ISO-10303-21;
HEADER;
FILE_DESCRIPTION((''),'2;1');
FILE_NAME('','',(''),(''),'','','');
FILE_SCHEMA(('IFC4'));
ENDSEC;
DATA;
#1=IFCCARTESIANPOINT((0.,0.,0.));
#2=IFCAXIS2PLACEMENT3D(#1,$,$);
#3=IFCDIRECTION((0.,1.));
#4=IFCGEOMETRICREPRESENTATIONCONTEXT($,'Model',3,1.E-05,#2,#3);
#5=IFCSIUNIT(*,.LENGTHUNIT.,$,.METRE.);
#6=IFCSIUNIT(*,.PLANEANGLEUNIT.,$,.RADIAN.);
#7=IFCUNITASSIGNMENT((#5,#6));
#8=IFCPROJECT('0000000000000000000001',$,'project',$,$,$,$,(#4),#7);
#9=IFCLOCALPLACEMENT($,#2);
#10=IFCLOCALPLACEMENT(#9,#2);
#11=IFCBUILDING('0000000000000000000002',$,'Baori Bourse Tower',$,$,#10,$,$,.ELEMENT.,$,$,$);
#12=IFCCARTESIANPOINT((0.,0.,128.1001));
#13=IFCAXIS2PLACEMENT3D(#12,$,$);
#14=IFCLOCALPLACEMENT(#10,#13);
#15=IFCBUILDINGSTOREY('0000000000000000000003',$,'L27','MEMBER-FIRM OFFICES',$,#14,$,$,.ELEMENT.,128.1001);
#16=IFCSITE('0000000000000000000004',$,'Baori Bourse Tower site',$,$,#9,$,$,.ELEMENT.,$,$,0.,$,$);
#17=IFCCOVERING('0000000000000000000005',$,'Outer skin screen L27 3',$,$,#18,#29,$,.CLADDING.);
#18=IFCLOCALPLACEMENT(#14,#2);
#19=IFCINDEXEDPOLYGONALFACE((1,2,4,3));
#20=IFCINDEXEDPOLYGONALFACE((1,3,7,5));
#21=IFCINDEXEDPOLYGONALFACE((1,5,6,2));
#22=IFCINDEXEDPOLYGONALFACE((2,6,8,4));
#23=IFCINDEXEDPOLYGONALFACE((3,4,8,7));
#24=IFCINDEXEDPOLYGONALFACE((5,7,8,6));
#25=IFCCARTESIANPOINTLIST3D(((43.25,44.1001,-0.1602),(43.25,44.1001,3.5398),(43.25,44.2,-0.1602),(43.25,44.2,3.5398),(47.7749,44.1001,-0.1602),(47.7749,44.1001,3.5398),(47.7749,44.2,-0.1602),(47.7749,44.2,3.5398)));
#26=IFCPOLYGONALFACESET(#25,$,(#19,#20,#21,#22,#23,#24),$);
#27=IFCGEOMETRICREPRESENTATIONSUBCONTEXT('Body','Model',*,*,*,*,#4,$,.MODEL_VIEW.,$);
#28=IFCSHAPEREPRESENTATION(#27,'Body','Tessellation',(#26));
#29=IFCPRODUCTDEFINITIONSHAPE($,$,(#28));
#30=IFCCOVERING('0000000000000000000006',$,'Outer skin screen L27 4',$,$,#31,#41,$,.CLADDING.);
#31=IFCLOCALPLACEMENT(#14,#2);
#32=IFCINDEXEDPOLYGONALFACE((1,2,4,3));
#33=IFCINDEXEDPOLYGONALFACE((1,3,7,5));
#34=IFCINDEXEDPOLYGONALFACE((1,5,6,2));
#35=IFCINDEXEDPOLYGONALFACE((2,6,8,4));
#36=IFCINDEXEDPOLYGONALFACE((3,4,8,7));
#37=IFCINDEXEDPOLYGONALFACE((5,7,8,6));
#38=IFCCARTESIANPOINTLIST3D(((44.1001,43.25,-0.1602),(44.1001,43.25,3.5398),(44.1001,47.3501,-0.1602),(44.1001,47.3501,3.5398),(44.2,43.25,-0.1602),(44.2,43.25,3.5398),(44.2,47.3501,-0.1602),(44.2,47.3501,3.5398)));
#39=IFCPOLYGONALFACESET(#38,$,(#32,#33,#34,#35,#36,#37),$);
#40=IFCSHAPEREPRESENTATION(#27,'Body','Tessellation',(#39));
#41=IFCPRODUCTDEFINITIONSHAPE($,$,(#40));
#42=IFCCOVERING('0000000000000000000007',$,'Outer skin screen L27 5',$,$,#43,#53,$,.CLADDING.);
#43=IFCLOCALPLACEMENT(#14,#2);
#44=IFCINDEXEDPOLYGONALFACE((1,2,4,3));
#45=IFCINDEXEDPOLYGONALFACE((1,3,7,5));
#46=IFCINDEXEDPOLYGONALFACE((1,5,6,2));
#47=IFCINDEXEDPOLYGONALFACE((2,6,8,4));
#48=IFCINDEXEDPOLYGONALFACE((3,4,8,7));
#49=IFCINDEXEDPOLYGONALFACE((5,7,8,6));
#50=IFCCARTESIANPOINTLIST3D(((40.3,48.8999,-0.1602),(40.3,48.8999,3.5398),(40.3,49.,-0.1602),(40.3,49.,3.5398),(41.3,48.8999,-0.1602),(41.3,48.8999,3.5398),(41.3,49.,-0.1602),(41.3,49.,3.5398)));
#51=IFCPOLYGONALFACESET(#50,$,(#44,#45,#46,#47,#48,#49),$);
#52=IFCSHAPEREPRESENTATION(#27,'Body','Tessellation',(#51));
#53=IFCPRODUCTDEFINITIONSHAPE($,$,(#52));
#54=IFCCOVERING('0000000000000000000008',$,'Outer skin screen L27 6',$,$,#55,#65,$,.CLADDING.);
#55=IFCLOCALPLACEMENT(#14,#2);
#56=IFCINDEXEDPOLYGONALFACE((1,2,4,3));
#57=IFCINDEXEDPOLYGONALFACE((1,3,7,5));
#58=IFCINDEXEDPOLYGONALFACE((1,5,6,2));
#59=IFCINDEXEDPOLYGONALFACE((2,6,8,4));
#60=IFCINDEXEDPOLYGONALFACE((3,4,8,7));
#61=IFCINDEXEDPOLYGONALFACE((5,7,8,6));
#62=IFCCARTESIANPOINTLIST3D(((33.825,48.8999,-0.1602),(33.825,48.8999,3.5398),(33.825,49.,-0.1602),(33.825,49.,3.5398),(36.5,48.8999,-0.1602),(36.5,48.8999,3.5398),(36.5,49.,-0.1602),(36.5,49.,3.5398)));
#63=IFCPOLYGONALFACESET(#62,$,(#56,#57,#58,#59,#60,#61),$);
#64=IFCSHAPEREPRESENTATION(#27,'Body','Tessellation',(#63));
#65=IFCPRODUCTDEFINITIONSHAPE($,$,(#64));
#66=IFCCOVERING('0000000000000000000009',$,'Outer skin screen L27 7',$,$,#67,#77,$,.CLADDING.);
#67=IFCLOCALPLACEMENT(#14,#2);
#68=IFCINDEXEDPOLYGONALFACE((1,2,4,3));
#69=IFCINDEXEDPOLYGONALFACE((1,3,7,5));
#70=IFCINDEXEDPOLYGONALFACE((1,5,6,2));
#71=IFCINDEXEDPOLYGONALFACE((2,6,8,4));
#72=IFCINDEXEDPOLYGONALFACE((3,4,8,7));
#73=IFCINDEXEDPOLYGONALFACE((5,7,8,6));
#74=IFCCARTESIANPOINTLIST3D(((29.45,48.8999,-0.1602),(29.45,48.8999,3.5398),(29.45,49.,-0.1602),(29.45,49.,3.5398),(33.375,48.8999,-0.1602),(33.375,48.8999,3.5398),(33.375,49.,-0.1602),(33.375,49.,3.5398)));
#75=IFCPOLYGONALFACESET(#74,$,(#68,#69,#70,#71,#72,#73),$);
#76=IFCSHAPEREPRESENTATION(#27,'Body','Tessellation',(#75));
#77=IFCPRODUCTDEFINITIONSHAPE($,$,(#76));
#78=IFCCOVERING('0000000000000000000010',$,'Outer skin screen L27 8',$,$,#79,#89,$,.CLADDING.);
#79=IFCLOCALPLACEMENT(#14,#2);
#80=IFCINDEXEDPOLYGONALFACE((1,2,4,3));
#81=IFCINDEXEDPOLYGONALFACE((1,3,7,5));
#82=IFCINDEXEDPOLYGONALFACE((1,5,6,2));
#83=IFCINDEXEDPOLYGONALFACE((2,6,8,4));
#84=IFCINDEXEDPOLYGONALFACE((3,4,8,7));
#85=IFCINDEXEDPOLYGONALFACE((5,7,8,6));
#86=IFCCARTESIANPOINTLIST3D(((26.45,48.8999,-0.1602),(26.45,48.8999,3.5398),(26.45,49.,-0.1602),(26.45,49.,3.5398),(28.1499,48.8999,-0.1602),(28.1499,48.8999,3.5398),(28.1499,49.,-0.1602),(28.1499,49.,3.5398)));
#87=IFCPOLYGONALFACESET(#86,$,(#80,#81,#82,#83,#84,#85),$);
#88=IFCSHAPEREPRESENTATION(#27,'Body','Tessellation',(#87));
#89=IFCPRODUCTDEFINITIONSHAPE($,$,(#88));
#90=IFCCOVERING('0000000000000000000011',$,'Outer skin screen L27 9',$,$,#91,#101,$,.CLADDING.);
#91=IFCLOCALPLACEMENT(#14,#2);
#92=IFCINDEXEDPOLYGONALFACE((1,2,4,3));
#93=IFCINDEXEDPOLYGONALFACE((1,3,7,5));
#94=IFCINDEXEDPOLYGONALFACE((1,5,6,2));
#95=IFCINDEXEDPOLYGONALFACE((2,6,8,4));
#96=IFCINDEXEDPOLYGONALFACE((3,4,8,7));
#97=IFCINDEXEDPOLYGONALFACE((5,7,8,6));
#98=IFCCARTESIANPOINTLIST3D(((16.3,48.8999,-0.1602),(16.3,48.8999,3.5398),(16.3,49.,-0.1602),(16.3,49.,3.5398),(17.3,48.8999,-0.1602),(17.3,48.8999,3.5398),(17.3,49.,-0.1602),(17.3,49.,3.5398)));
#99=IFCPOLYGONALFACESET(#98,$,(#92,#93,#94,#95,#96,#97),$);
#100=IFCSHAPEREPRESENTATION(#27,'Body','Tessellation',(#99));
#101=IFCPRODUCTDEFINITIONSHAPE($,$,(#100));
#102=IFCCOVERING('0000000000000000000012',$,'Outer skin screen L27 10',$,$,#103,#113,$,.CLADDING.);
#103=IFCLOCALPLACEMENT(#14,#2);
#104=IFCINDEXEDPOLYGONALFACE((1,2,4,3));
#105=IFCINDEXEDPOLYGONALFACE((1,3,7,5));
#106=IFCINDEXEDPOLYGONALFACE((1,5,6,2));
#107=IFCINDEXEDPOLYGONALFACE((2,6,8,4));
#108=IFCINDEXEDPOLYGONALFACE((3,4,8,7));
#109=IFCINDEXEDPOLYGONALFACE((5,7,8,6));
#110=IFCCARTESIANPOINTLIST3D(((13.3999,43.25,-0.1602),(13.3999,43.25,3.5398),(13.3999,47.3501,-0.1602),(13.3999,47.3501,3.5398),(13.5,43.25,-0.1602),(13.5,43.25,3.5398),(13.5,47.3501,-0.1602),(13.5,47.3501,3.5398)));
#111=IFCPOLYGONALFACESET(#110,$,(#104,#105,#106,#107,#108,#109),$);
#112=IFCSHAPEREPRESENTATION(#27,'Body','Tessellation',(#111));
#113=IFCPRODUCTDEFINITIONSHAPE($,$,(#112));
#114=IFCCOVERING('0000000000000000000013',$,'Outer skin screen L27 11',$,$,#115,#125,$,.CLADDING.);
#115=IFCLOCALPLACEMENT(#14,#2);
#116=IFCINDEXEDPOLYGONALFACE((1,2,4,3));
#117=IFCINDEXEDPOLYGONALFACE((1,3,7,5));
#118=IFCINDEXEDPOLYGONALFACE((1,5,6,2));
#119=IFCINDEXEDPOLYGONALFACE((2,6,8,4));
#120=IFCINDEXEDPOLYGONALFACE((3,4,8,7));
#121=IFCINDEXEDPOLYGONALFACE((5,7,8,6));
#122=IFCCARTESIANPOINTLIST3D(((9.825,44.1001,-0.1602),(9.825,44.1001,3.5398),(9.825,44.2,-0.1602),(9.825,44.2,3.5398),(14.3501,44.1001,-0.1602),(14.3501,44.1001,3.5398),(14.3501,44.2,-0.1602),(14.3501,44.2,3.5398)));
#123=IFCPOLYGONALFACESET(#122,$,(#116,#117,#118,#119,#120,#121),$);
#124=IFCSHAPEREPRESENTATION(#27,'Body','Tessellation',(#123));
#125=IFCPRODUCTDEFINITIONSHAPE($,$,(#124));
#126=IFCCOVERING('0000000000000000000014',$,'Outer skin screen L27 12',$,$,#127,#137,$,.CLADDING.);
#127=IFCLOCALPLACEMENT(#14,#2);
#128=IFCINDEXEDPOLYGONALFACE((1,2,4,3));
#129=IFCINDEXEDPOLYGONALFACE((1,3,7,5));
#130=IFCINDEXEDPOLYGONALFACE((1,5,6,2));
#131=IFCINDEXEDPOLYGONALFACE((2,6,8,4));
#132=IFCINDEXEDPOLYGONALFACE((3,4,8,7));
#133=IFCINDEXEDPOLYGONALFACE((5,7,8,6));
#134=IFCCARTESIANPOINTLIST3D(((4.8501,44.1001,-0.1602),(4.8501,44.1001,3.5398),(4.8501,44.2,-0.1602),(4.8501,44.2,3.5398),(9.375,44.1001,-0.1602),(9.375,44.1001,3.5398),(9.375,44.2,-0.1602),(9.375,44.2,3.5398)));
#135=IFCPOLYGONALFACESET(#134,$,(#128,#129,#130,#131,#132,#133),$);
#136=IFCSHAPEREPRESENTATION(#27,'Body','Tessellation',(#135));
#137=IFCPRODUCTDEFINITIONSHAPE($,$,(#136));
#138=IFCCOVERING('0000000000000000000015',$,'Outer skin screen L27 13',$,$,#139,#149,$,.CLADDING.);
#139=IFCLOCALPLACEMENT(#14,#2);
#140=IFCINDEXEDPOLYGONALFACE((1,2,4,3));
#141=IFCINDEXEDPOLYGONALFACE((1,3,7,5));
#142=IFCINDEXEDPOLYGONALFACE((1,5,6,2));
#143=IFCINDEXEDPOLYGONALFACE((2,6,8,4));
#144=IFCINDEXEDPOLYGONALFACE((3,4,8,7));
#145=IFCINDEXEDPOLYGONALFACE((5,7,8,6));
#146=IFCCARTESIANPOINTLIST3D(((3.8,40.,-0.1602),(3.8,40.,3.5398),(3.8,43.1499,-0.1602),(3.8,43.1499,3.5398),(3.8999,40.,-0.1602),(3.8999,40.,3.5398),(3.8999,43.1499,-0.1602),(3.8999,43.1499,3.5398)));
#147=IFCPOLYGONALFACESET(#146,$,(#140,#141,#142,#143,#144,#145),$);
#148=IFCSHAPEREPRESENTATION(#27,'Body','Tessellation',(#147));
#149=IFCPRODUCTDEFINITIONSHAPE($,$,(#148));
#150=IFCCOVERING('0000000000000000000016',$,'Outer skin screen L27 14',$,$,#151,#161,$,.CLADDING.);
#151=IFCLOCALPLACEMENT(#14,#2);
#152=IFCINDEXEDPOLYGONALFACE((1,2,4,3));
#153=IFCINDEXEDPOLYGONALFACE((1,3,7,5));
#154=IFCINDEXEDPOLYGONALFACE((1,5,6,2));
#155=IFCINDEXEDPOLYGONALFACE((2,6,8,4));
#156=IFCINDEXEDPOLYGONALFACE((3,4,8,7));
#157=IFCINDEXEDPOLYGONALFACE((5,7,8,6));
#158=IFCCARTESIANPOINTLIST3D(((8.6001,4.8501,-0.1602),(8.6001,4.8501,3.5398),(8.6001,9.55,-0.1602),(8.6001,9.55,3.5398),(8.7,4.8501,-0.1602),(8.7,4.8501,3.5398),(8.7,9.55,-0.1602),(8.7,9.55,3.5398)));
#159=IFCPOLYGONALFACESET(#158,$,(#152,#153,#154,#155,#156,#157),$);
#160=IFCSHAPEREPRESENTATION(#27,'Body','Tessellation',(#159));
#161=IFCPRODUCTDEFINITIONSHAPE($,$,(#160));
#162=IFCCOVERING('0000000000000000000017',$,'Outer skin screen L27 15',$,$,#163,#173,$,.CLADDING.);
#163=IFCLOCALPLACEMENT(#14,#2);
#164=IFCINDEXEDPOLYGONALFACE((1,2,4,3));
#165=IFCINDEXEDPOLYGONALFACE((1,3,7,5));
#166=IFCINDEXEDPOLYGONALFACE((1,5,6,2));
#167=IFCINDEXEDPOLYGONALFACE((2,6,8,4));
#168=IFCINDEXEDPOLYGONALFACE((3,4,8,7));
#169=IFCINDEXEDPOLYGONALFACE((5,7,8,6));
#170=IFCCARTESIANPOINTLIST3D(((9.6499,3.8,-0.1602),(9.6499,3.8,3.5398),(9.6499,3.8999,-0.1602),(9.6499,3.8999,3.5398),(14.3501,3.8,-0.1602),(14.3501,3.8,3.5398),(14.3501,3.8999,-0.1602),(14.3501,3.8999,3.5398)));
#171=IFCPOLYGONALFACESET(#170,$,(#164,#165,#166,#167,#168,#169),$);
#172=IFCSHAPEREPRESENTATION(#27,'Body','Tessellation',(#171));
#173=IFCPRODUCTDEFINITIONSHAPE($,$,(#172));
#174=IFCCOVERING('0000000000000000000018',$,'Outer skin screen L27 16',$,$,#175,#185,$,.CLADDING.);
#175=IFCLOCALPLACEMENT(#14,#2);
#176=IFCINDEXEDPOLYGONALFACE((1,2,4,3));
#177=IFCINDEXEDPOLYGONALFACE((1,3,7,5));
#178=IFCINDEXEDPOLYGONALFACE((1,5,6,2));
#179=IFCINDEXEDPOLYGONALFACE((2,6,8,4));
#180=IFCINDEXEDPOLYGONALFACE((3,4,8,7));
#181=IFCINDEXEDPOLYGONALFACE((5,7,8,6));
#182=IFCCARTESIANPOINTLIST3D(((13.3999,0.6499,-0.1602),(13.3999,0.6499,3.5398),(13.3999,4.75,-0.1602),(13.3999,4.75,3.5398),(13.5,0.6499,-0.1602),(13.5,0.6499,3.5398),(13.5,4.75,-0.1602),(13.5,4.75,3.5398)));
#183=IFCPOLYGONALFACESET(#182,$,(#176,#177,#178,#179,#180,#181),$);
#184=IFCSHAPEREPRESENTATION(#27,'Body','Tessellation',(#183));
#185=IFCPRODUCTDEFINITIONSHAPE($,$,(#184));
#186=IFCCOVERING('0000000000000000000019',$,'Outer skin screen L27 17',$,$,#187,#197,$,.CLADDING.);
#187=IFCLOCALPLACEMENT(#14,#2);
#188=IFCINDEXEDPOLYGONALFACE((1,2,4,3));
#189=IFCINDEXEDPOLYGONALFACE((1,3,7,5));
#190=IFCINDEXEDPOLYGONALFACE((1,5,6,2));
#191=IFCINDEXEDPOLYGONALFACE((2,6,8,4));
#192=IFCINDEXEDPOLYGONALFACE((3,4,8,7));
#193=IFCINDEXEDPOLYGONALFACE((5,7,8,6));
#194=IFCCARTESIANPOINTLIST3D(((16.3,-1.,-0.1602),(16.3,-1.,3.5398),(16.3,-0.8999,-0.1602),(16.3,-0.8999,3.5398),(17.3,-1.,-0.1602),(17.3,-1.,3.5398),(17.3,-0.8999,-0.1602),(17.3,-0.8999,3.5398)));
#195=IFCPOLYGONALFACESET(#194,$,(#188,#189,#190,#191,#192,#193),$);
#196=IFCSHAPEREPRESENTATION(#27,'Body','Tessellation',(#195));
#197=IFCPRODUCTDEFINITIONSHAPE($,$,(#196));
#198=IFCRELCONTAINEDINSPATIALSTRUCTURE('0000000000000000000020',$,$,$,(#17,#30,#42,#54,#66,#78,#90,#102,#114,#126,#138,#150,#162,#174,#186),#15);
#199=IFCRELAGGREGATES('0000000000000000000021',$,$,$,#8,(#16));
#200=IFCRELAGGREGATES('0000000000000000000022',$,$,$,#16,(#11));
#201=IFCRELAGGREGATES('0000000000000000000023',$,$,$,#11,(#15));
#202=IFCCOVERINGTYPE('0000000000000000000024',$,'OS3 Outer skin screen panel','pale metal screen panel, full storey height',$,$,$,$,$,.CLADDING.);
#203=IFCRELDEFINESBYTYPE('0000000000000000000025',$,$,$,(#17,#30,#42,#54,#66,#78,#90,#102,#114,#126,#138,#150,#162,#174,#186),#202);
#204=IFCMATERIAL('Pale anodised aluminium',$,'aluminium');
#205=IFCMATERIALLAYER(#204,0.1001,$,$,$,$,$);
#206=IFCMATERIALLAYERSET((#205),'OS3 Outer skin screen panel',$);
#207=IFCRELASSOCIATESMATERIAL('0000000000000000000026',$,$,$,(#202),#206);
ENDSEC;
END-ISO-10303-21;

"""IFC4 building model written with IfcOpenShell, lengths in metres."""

from ifc_helpers import new_model, si_unit, direction, frame, origin, place, context, subcontext, project, spatial, polyline, outline, extrude, material, layer, layer_set, type_object, element, save


model = new_model("IFC4")

# Units and contexts
model_context = context("Model", 3, precision=1e-05, world=origin(), true_north=direction((0.0, 1.0)))
body_context = subcontext(model_context, "Body", "Model", "MODEL_VIEW")
ifc_project = project(units=[si_unit("LENGTHUNIT", "METRE"), si_unit("PLANEANGLEUNIT", "RADIAN")], contexts=[model_context])

# Site, building, storey
site_placement = place(None, origin())
site = spatial("IfcSite", under=ifc_project, at=site_placement, Name="Baori Bourse Tower site", CompositionType="ELEMENT", RefElevation=0.0)
building_placement = place(site_placement, origin())
building = spatial("IfcBuilding", under=site, at=building_placement, Name="Baori Bourse Tower", CompositionType="ELEMENT")
storey_placement = place(building_placement, frame((0.0, 0.0, 128.1001)))
storey = spatial("IfcBuildingStorey", under=building, at=storey_placement, Name="L27", Description="MEMBER-FIRM OFFICES", CompositionType="ELEMENT", Elevation=128.1001)

# Coverings
ifc_material_1 = material(Name="Pale anodised aluminium", Category="aluminium")
ifc_layer_1 = layer(ifc_material_1, 0.1001)
ifc_layer_set_1 = layer_set([ifc_layer_1], Name="OS3 Outer skin screen panel")
covering_type = type_object("IfcCoveringType", Name="OS3 Outer skin screen panel", Description="pale metal screen panel, full storey height", PredefinedType="CLADDING", material=ifc_layer_set_1)
covering_1_placement = place(storey_placement, frame((0.0, 0.0, -0.1602)))
element("IfcCovering", 1, at=covering_1_placement, inside=storey, type_object=covering_type, Name="Outer skin screen L27 3", PredefinedType="CLADDING", context=body_context, shape_type="SweptSolid", body=[
    extrude(outline(polyline([(43.25, 44.1001), (47.7749, 44.1001), (47.7749, 44.2), (43.25, 44.2), (43.25, 44.1001)])), origin(), (0.0, 0.0, 1.0), 3.7),
])
covering_2_placement = place(storey_placement, frame((0.0, 0.0, -0.1602)))
element("IfcCovering", 2, at=covering_2_placement, inside=storey, type_object=covering_type, Name="Outer skin screen L27 4", PredefinedType="CLADDING", context=body_context, shape_type="SweptSolid", body=[
    extrude(outline(polyline([(44.1001, 47.3501), (44.1001, 43.25), (44.2, 43.25), (44.2, 47.3501), (44.1001, 47.3501)])), origin(), (0.0, 0.0, 1.0), 3.7),
])
covering_3_placement = place(storey_placement, frame((0.0, 0.0, -0.1602)))
element("IfcCovering", 3, at=covering_3_placement, inside=storey, type_object=covering_type, Name="Outer skin screen L27 5", PredefinedType="CLADDING", context=body_context, shape_type="SweptSolid", body=[
    extrude(outline(polyline([(40.3, 48.8999), (41.3, 48.8999), (41.3, 49.0), (40.3, 49.0), (40.3, 48.8999)])), origin(), (0.0, 0.0, 1.0), 3.7),
])
covering_4_placement = place(storey_placement, frame((0.0, 0.0, -0.1602)))
element("IfcCovering", 4, at=covering_4_placement, inside=storey, type_object=covering_type, Name="Outer skin screen L27 6", PredefinedType="CLADDING", context=body_context, shape_type="SweptSolid", body=[
    extrude(outline(polyline([(33.825, 48.8999), (36.5, 48.8999), (36.5, 49.0), (33.825, 49.0), (33.825, 48.8999)])), origin(), (0.0, 0.0, 1.0), 3.7),
])
covering_5_placement = place(storey_placement, frame((0.0, 0.0, -0.1602)))
element("IfcCovering", 5, at=covering_5_placement, inside=storey, type_object=covering_type, Name="Outer skin screen L27 7", PredefinedType="CLADDING", context=body_context, shape_type="SweptSolid", body=[
    extrude(outline(polyline([(29.45, 48.8999), (33.375, 48.8999), (33.375, 49.0), (29.45, 49.0), (29.45, 48.8999)])), origin(), (0.0, 0.0, 1.0), 3.7),
])
covering_6_placement = place(storey_placement, frame((0.0, 0.0, -0.1602)))
element("IfcCovering", 6, at=covering_6_placement, inside=storey, type_object=covering_type, Name="Outer skin screen L27 8", PredefinedType="CLADDING", context=body_context, shape_type="SweptSolid", body=[
    extrude(outline(polyline([(26.45, 48.8999), (28.1499, 48.8999), (28.1499, 49.0), (26.45, 49.0), (26.45, 48.8999)])), origin(), (0.0, 0.0, 1.0), 3.7),
])
covering_7_placement = place(storey_placement, frame((0.0, 0.0, -0.1602)))
element("IfcCovering", 7, at=covering_7_placement, inside=storey, type_object=covering_type, Name="Outer skin screen L27 9", PredefinedType="CLADDING", context=body_context, shape_type="SweptSolid", body=[
    extrude(outline(polyline([(16.3, 48.8999), (17.3, 48.8999), (17.3, 49.0), (16.3, 49.0), (16.3, 48.8999)])), origin(), (0.0, 0.0, 1.0), 3.7),
])
covering_8_placement = place(storey_placement, frame((0.0, 0.0, -0.1602)))
element("IfcCovering", 8, at=covering_8_placement, inside=storey, type_object=covering_type, Name="Outer skin screen L27 10", PredefinedType="CLADDING", context=body_context, shape_type="SweptSolid", body=[
    extrude(outline(polyline([(13.5, 43.25), (13.5, 47.3501), (13.3999, 47.3501), (13.3999, 43.25), (13.5, 43.25)])), origin(), (0.0, 0.0, 1.0), 3.7),
])
covering_9_placement = place(storey_placement, frame((0.0, 0.0, -0.1602)))
element("IfcCovering", 9, at=covering_9_placement, inside=storey, type_object=covering_type, Name="Outer skin screen L27 11", PredefinedType="CLADDING", context=body_context, shape_type="SweptSolid", body=[
    extrude(outline(polyline([(9.825, 44.1001), (14.3501, 44.1001), (14.3501, 44.2), (9.825, 44.2), (9.825, 44.1001)])), origin(), (0.0, 0.0, 1.0), 3.7),
])
covering_10_placement = place(storey_placement, frame((0.0, 0.0, -0.1602)))
element("IfcCovering", 10, at=covering_10_placement, inside=storey, type_object=covering_type, Name="Outer skin screen L27 12", PredefinedType="CLADDING", context=body_context, shape_type="SweptSolid", body=[
    extrude(outline(polyline([(4.8501, 44.1001), (9.375, 44.1001), (9.375, 44.2), (4.8501, 44.2), (4.8501, 44.1001)])), origin(), (0.0, 0.0, 1.0), 3.7),
])
covering_11_placement = place(storey_placement, frame((0.0, 0.0, -0.1602)))
element("IfcCovering", 11, at=covering_11_placement, inside=storey, type_object=covering_type, Name="Outer skin screen L27 13", PredefinedType="CLADDING", context=body_context, shape_type="SweptSolid", body=[
    extrude(outline(polyline([(3.8999, 40.0), (3.8999, 43.1499), (3.8, 43.1499), (3.8, 40.0), (3.8999, 40.0), (3.8999, 40.0)])), origin(), (0.0, 0.0, 1.0), 3.7),
])
covering_12_placement = place(storey_placement, frame((0.0, 0.0, -0.1602)))
element("IfcCovering", 12, at=covering_12_placement, inside=storey, type_object=covering_type, Name="Outer skin screen L27 14", PredefinedType="CLADDING", context=body_context, shape_type="SweptSolid", body=[
    extrude(outline(polyline([(8.7, 4.8501), (8.7, 9.55), (8.6001, 9.55), (8.6001, 4.8501), (8.7, 4.8501)])), origin(), (0.0, 0.0, 1.0), 3.7),
])
covering_13_placement = place(storey_placement, frame((0.0, 0.0, -0.1602)))
element("IfcCovering", 13, at=covering_13_placement, inside=storey, type_object=covering_type, Name="Outer skin screen L27 15", PredefinedType="CLADDING", context=body_context, shape_type="SweptSolid", body=[
    extrude(outline(polyline([(14.3501, 3.8999), (9.6499, 3.8999), (9.6499, 3.8), (14.3501, 3.8), (14.3501, 3.8999)])), origin(), (0.0, 0.0, 1.0), 3.7),
])
covering_14_placement = place(storey_placement, frame((0.0, 0.0, -0.1602)))
element("IfcCovering", 14, at=covering_14_placement, inside=storey, type_object=covering_type, Name="Outer skin screen L27 16", PredefinedType="CLADDING", context=body_context, shape_type="SweptSolid", body=[
    extrude(outline(polyline([(13.5, 0.6499), (13.5, 4.75), (13.3999, 4.75), (13.3999, 0.6499), (13.5, 0.6499)])), origin(), (0.0, 0.0, 1.0), 3.7),
])
covering_15_placement = place(storey_placement, frame((0.0, 0.0, -0.1602)))
element("IfcCovering", 15, at=covering_15_placement, inside=storey, type_object=covering_type, Name="Outer skin screen L27 17", PredefinedType="CLADDING", context=body_context, shape_type="SweptSolid", body=[
    extrude(outline(polyline([(17.3, -0.8999), (16.3, -0.8999), (16.3, -1.0), (17.3, -1.0), (17.3, -0.8999)])), origin(), (0.0, 0.0, 1.0), 3.7),
])

save(model, "model.ifc")
